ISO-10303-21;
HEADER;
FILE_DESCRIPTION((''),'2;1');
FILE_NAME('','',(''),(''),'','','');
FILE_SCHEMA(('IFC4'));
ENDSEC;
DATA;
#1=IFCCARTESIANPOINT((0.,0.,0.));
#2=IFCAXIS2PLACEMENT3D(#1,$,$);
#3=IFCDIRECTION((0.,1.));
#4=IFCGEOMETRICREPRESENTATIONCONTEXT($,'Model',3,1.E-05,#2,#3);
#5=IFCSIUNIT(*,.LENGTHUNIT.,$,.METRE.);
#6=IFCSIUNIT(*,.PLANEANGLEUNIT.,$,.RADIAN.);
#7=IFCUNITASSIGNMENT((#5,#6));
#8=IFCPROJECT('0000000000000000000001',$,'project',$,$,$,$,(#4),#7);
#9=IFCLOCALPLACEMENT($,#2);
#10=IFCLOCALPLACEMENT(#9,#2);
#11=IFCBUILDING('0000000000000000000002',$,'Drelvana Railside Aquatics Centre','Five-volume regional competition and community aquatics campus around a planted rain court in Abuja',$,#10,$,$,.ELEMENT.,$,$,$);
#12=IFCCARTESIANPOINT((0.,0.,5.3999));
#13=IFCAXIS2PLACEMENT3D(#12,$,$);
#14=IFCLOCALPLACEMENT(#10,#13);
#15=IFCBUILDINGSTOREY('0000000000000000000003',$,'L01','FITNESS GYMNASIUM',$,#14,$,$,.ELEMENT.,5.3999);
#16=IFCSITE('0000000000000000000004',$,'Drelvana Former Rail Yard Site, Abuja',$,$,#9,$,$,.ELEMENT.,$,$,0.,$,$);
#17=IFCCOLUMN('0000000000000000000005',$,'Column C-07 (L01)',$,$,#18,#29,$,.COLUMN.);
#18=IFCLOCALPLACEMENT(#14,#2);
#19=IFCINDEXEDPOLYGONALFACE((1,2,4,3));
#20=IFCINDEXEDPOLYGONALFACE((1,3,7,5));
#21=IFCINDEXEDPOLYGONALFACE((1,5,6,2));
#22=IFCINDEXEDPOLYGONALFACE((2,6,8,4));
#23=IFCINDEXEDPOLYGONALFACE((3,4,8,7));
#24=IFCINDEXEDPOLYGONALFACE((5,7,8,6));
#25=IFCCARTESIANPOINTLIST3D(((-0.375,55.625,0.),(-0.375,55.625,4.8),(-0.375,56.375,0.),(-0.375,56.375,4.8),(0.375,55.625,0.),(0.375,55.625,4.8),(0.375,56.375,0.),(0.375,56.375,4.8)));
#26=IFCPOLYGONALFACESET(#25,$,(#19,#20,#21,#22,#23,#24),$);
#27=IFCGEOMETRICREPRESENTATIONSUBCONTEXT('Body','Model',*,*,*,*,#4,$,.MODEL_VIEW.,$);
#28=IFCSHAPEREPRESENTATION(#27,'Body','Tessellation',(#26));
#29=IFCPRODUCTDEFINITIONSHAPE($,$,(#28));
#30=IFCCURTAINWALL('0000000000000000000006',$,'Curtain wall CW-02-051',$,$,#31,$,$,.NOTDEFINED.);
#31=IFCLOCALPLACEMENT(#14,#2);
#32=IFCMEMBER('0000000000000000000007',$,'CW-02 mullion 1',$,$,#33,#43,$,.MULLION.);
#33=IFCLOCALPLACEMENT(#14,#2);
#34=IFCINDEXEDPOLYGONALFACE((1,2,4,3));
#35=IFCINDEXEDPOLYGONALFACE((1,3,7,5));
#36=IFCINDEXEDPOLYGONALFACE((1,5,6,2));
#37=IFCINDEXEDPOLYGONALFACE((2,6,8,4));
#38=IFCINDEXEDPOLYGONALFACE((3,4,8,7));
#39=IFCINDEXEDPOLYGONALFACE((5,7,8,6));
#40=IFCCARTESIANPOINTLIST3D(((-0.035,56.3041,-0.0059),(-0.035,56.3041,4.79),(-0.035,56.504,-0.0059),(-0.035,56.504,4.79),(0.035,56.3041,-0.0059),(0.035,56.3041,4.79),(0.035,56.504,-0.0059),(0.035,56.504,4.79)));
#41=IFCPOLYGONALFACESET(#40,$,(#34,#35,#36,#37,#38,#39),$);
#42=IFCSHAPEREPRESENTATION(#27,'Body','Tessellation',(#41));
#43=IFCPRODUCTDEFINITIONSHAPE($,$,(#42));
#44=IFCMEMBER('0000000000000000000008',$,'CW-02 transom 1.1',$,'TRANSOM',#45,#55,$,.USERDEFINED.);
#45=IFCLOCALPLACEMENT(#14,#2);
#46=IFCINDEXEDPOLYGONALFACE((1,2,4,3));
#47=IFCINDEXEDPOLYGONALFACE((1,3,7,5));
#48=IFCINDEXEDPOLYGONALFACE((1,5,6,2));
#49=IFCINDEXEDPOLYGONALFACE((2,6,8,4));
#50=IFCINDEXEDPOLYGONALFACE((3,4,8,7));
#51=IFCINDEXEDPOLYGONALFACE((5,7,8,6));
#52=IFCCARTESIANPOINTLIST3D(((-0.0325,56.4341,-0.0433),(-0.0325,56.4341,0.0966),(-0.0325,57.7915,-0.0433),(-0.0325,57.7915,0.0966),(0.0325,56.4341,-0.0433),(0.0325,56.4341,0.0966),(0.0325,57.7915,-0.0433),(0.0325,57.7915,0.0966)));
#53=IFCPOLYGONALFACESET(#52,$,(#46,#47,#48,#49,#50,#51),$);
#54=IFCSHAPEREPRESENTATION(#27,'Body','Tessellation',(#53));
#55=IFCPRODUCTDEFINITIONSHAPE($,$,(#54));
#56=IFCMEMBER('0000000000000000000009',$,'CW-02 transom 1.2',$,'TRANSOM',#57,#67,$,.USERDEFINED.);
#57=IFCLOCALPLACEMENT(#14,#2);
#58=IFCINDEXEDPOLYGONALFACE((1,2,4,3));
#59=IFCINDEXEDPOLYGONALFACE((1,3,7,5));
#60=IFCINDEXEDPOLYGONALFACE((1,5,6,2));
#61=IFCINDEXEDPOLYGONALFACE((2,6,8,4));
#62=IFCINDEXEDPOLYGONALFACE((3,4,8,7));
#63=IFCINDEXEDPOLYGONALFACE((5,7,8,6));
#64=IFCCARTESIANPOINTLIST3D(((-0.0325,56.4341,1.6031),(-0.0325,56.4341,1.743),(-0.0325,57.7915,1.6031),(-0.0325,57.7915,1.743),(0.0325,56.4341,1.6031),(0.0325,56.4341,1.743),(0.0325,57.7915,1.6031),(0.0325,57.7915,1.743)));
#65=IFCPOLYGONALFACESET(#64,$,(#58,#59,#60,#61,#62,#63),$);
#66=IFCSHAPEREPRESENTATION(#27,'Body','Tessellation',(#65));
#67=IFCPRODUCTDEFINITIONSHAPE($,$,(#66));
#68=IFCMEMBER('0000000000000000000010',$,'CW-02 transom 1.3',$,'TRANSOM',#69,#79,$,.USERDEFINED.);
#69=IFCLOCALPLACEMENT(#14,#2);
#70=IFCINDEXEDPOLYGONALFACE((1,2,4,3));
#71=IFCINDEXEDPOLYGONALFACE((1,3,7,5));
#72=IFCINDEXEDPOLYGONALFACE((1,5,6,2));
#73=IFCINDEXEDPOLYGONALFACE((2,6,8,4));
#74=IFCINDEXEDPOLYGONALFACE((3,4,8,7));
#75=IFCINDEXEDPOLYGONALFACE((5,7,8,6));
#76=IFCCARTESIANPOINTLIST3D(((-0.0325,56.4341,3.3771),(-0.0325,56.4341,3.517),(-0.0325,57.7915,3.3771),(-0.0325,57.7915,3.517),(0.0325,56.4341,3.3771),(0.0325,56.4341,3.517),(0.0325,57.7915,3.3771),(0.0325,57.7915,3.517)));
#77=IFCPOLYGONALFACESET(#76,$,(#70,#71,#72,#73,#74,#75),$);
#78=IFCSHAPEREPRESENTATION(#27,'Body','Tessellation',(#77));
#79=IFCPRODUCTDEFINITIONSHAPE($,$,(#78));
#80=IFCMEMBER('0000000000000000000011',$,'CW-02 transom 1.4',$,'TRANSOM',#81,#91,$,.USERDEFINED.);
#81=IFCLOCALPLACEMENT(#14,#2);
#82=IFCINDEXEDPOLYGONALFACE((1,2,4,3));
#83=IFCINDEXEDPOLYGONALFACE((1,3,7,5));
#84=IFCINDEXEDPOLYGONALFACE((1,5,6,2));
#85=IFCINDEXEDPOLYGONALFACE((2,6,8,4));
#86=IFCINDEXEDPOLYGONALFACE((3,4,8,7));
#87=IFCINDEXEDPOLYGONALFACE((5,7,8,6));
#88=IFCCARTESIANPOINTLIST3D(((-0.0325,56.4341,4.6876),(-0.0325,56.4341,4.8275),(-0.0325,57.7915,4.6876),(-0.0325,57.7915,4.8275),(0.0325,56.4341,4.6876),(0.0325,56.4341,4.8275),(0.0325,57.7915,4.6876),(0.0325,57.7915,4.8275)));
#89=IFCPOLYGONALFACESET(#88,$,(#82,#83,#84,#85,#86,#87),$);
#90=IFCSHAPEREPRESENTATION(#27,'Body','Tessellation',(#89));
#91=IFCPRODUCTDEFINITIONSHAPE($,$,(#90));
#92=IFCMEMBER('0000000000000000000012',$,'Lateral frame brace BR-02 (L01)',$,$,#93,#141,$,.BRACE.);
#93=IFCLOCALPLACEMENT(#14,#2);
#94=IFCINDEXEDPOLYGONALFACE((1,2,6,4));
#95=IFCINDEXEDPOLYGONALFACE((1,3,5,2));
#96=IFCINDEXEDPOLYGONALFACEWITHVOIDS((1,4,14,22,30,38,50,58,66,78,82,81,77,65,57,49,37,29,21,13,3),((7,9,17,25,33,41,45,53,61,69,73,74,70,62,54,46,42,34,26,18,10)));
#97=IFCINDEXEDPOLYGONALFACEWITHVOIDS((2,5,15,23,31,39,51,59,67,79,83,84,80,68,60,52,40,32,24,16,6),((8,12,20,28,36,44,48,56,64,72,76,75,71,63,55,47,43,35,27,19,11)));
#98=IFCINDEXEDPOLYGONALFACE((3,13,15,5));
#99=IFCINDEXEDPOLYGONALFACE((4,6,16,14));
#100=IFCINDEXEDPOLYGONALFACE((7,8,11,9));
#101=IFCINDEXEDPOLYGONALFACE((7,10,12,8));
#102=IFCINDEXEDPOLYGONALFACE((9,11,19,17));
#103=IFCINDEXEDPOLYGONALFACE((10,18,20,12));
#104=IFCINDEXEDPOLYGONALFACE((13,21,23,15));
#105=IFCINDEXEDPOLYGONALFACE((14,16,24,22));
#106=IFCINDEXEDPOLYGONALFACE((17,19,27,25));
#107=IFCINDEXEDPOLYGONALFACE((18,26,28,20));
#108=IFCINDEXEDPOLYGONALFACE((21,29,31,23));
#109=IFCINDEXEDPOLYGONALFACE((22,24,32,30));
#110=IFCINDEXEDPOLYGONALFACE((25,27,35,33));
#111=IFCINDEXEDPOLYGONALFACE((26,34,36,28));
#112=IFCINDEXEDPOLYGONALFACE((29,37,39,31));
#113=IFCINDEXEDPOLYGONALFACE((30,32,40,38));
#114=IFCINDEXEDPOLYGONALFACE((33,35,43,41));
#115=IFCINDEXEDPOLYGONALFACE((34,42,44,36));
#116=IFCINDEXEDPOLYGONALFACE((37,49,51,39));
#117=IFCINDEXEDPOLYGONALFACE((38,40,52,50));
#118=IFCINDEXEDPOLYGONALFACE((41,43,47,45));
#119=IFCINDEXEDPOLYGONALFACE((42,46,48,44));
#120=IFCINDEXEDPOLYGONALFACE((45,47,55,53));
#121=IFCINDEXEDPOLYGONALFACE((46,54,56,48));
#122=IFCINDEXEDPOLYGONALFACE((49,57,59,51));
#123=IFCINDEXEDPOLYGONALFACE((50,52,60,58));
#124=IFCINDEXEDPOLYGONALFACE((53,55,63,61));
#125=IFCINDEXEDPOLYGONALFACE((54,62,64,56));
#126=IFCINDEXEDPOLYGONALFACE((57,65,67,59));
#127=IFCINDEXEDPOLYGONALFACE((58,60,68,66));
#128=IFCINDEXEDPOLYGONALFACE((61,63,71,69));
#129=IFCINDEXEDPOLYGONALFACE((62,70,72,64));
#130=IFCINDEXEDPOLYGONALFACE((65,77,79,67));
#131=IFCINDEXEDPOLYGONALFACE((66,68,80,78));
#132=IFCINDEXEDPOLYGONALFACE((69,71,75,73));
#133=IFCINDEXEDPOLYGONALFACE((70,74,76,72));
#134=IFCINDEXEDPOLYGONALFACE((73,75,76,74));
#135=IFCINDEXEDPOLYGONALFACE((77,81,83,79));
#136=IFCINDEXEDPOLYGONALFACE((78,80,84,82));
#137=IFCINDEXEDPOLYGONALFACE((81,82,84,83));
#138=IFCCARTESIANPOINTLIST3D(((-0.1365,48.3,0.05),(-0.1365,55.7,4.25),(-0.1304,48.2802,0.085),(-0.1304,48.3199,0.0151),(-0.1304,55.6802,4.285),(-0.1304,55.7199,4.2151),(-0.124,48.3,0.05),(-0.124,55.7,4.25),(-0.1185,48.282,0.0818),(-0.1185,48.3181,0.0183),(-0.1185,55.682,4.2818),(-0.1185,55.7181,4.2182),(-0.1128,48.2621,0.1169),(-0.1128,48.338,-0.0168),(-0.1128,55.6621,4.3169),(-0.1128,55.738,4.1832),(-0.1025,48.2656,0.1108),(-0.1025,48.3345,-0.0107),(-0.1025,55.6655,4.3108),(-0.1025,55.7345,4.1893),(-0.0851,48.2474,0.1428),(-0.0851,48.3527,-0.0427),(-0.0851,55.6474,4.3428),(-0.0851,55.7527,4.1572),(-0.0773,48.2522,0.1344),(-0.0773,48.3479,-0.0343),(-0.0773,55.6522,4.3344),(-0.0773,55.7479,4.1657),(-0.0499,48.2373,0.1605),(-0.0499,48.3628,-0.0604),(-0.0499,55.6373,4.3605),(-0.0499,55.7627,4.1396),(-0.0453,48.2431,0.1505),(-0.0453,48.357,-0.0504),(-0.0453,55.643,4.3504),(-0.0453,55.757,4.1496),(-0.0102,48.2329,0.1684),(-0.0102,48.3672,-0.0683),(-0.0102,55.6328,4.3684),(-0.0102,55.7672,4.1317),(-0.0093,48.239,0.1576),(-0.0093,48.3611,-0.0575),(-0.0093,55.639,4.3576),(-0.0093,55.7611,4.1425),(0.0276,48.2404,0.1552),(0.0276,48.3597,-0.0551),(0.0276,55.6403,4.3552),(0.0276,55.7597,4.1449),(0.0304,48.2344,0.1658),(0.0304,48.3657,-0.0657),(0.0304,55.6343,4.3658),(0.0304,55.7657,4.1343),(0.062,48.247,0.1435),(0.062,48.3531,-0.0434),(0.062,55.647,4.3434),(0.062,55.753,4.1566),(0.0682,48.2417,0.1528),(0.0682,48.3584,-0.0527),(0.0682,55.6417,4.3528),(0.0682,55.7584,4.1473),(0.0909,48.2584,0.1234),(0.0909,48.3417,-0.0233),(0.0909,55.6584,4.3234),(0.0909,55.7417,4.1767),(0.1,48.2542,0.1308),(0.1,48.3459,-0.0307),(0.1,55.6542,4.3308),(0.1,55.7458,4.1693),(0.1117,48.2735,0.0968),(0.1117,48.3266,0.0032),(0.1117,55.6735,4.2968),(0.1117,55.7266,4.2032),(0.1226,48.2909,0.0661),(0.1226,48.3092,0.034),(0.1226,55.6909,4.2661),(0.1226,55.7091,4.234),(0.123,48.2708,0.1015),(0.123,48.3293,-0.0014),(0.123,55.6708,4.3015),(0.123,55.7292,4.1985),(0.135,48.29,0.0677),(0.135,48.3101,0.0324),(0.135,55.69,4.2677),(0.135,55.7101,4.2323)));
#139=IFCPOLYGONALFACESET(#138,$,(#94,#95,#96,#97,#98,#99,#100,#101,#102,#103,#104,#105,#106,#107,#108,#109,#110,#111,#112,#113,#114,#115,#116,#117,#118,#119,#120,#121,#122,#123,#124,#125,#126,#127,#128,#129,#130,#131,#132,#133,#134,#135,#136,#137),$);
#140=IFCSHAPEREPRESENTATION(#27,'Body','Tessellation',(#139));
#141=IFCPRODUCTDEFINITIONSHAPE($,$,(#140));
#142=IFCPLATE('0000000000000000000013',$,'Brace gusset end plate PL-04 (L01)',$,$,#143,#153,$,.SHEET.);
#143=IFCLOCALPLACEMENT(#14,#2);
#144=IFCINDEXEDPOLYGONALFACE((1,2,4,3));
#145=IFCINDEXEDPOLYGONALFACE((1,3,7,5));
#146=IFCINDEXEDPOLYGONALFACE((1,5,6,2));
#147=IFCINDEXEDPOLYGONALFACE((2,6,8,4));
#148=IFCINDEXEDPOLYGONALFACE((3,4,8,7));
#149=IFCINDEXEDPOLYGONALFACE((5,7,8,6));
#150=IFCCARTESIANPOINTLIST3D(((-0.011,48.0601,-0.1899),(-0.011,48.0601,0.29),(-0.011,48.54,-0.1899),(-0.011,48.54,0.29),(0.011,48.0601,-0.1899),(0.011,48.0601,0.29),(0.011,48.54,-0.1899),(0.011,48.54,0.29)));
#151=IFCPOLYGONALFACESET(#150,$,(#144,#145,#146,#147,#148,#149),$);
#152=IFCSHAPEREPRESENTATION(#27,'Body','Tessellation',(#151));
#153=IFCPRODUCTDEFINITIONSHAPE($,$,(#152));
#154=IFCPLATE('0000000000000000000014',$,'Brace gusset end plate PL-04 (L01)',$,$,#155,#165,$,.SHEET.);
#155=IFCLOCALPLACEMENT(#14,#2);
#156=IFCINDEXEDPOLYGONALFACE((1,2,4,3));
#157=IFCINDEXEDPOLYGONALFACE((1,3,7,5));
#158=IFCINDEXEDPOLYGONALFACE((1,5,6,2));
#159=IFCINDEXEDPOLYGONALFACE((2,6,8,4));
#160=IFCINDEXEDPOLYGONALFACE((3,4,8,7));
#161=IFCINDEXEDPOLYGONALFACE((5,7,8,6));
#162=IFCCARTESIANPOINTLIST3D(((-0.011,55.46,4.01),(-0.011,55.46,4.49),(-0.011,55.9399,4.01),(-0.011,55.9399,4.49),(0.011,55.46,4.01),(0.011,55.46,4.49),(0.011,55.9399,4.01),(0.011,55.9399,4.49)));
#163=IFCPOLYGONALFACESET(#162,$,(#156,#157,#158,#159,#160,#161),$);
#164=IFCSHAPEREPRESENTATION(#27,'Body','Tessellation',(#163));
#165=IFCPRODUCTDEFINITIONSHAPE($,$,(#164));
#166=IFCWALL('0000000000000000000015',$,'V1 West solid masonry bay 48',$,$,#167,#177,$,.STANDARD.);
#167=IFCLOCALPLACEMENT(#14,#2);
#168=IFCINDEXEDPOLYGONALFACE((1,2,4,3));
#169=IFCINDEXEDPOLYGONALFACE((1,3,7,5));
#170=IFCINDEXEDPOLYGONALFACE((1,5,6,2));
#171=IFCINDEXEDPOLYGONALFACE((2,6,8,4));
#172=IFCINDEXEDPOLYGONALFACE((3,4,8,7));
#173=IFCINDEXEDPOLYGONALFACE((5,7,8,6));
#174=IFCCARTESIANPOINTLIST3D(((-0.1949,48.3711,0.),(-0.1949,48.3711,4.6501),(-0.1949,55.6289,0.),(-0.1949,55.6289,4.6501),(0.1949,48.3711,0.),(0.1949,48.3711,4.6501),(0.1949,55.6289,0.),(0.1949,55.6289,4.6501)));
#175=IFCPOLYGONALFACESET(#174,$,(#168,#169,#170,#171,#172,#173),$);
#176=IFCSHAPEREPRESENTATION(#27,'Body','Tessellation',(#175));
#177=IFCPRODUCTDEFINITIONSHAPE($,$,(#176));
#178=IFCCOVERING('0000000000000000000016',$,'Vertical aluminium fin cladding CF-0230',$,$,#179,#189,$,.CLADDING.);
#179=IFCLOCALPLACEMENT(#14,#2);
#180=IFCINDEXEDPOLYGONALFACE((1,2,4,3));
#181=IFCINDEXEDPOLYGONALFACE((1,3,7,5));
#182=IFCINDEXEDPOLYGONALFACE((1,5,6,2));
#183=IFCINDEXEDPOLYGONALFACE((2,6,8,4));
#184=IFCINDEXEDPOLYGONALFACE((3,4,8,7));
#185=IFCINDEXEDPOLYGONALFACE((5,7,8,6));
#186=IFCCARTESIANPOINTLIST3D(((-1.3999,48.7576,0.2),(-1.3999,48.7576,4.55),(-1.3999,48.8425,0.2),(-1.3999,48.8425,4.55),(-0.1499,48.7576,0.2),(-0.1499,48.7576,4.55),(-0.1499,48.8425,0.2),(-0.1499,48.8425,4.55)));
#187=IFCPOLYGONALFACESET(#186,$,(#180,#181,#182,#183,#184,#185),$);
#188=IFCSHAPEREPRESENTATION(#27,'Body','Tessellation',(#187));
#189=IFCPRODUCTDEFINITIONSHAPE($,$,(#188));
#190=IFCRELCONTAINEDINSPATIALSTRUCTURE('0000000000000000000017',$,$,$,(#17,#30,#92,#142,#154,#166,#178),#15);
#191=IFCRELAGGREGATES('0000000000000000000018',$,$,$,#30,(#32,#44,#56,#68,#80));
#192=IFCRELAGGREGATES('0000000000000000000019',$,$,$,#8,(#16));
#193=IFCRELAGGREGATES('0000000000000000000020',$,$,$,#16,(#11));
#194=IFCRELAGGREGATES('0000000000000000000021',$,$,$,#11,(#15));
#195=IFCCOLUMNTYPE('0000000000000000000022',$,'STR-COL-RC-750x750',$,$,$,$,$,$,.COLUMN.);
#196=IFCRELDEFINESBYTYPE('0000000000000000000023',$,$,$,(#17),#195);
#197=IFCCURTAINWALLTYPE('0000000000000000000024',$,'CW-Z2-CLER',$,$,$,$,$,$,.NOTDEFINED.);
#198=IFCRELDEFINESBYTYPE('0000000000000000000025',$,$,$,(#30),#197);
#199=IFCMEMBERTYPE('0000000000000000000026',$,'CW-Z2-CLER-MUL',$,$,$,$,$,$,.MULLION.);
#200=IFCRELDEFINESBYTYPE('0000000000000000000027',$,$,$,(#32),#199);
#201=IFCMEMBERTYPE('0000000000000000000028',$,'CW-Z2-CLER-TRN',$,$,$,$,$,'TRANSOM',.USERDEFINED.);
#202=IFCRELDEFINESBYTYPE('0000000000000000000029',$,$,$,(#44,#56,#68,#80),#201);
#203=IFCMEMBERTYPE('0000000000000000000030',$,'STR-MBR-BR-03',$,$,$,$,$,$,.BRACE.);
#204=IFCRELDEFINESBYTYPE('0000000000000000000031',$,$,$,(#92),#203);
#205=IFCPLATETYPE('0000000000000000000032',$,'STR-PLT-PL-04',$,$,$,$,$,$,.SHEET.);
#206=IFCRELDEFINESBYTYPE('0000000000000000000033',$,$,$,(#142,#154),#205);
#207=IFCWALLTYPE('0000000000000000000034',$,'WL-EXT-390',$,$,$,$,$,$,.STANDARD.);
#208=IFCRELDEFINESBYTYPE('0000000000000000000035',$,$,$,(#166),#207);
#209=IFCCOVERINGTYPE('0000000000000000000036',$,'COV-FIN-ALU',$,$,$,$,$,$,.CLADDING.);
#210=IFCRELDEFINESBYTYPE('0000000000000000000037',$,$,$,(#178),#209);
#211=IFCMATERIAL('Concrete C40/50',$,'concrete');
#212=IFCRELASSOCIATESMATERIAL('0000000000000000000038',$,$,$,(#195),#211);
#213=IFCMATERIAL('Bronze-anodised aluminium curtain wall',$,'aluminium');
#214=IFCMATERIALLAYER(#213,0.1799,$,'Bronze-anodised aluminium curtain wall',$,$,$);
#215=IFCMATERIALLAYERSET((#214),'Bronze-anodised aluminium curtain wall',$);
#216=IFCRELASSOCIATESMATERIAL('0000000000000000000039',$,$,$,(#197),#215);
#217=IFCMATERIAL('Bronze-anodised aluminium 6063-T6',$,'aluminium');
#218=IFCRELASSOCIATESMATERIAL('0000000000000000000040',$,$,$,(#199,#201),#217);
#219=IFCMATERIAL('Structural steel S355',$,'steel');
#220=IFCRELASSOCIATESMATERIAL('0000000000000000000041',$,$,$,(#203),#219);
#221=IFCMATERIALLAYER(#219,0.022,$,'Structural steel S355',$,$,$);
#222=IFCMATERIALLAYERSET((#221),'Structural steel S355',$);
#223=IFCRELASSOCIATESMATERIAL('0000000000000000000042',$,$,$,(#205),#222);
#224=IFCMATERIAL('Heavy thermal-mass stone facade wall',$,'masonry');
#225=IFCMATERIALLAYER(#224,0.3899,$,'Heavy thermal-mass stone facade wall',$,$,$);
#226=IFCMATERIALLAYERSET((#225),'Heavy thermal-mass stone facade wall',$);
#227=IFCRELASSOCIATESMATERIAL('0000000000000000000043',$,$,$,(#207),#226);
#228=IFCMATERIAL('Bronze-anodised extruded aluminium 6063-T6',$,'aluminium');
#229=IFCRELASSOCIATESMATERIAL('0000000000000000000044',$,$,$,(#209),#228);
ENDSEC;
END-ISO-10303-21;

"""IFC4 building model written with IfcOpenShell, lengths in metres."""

from ifc_helpers import new_model, si_unit, direction, frame, frame_2d, origin, origin_2d, place, context, subcontext, project, spatial, rectangle, hollow_circle, extrude, material, layer, layer_set, material_profile, profile_set, type_object, element, aggregate, save


model = new_model("IFC4")

# Units and contexts
model_context = context("Model", 3, precision=1e-05, world=origin(), true_north=direction((0.0, 1.0)))
body_context = subcontext(model_context, "Body", "Model", "MODEL_VIEW")
ifc_project = project(units=[si_unit("LENGTHUNIT", "METRE"), si_unit("PLANEANGLEUNIT", "RADIAN")], contexts=[model_context])

# Site, building, storey
site_placement = place(None, origin())
site = spatial("IfcSite", under=ifc_project, at=site_placement, Name="Drelvana Former Rail Yard Site, Abuja", CompositionType="ELEMENT", RefElevation=0.0)
building_placement = place(site_placement, origin())
building = spatial("IfcBuilding", under=site, at=building_placement, Name="Drelvana Railside Aquatics Centre", Description="Five-volume regional competition and community aquatics campus around a planted rain court in Abuja", CompositionType="ELEMENT")
storey_placement = place(building_placement, frame((0.0, 0.0, 5.3999)))
storey = spatial("IfcBuildingStorey", under=building, at=storey_placement, Name="L01", Description="FITNESS GYMNASIUM", CompositionType="ELEMENT", Elevation=5.3999)

# Column
ifc_material_1 = material(Name="Concrete C40/50", Category="concrete")
ifc_material_profile_1 = material_profile(ifc_material_1, rectangle(XDim=0.75, YDim=0.75, at=origin_2d()), Name="RC 750x750")
ifc_profile_set_1 = profile_set([ifc_material_profile_1], Name="Concrete C40/50")
column_type = type_object("IfcColumnType", Name="STR-COL-RC-750x750", PredefinedType="COLUMN", material=ifc_profile_set_1)
column_placement = place(storey_placement, frame((0.0, 56.0, 0.0), z_axis=(0.0, 0.0, 1.0), x_axis=(1.0, 0.0, 0.0)))
element("IfcColumn", 1, at=column_placement, inside=storey, type_object=column_type, Name="Column C-07 (L01)", PredefinedType="COLUMN", context=body_context, shape_type="SweptSolid", body=[
    extrude(rectangle(XDim=0.75, YDim=0.75, at=origin_2d()), origin(), (0.0, 0.0, 1.0), 4.8),
])

# Curtain wall, members
ifc_material_2 = material(Name="Bronze-anodised aluminium curtain wall", Category="aluminium")
ifc_layer_1 = layer(ifc_material_2, 0.1799, Name="Bronze-anodised aluminium curtain wall")
ifc_layer_set_1 = layer_set([ifc_layer_1], Name="Bronze-anodised aluminium curtain wall")
curtain_wall_type = type_object("IfcCurtainWallType", Name="CW-Z2-CLER", PredefinedType="NOTDEFINED", material=ifc_layer_set_1)
curtain_wall_placement = place(storey_placement, origin())
curtain_wall = element("IfcCurtainWall", 2, at=curtain_wall_placement, inside=storey, type_object=curtain_wall_type, Name="Curtain wall CW-02-051", PredefinedType="NOTDEFINED")
ifc_material_3 = material(Name="Bronze-anodised aluminium 6063-T6", Category="aluminium")
ifc_material_profile_2 = material_profile(ifc_material_3, rectangle(XDim=0.0701, YDim=0.2, at=origin_2d()), Name="ALU-M 70x200")
ifc_profile_set_2 = profile_set([ifc_material_profile_2], Name="Bronze-anodised aluminium 6063-T6")
member_type_1 = type_object("IfcMemberType", Name="CW-Z2-CLER-MUL", PredefinedType="MULLION", material=ifc_profile_set_2)
member_1_placement = place(storey_placement, frame((0.0, 56.4041, -0.0059), z_axis=(0.0, 0.0, 1.0), x_axis=(-1.0, 0.0, 0.0)))
member_1 = element("IfcMember", 3, at=member_1_placement, type_object=member_type_1, Name="CW-02 mullion 1", PredefinedType="MULLION", context=body_context, shape_type="SweptSolid", body=[
    extrude(rectangle(XDim=0.0701, YDim=0.2, at=origin_2d()), origin(), (0.0, 0.0, 1.0), 4.7959),
])
ifc_material_profile_3 = material_profile(ifc_material_3, rectangle(XDim=0.1399, YDim=0.0649, at=origin_2d()), Name="ALU-T 65x140")
ifc_profile_set_3 = profile_set([ifc_material_profile_3], Name="Bronze-anodised aluminium 6063-T6")
member_type_2 = type_object("IfcMemberType", Name="CW-Z2-CLER-TRN", ElementType="TRANSOM", PredefinedType="USERDEFINED", material=ifc_profile_set_3)
member_2_placement = place(storey_placement, frame((0.0, 56.4341, 0.0266), z_axis=(0.0, 1.0, 0.0), x_axis=(0.0, 0.0, 1.0)))
member_2 = element("IfcMember", 4, at=member_2_placement, type_object=member_type_2, Name="CW-02 transom 1.1", ObjectType="TRANSOM", PredefinedType="USERDEFINED", context=body_context, shape_type="SweptSolid", body=[
    extrude(rectangle(XDim=0.1399, YDim=0.0649, at=origin_2d()), origin(), (0.0, 0.0, 1.0), 1.3574),
])
member_3_placement = place(storey_placement, frame((0.0, 56.4341, 1.6731), z_axis=(0.0, 1.0, 0.0), x_axis=(0.0, 0.0, 1.0)))
member_3 = element("IfcMember", 5, at=member_3_placement, type_object=member_type_2, Name="CW-02 transom 1.2", ObjectType="TRANSOM", PredefinedType="USERDEFINED", context=body_context, shape_type="SweptSolid", body=[
    extrude(rectangle(XDim=0.1399, YDim=0.0649, at=origin_2d()), origin(), (0.0, 0.0, 1.0), 1.3574),
])
member_4_placement = place(storey_placement, frame((0.0, 56.4341, 3.447), z_axis=(0.0, 1.0, 0.0), x_axis=(0.0, 0.0, 1.0)))
member_4 = element("IfcMember", 6, at=member_4_placement, type_object=member_type_2, Name="CW-02 transom 1.3", ObjectType="TRANSOM", PredefinedType="USERDEFINED", context=body_context, shape_type="SweptSolid", body=[
    extrude(rectangle(XDim=0.1399, YDim=0.0649, at=origin_2d()), origin(), (0.0, 0.0, 1.0), 1.3574),
])
member_5_placement = place(storey_placement, frame((0.0, 56.4341, 4.7576), z_axis=(0.0, 1.0, 0.0), x_axis=(0.0, 0.0, 1.0)))
member_5 = element("IfcMember", 7, at=member_5_placement, type_object=member_type_2, Name="CW-02 transom 1.4", ObjectType="TRANSOM", PredefinedType="USERDEFINED", context=body_context, shape_type="SweptSolid", body=[
    extrude(rectangle(XDim=0.1399, YDim=0.0649, at=origin_2d()), origin(), (0.0, 0.0, 1.0), 1.3574),
])
aggregate(curtain_wall, [member_1, member_2, member_3, member_4, member_5])

# Member
ifc_material_4 = material(Name="Structural steel S355", Category="steel")
ifc_material_profile_4 = material_profile(ifc_material_4, hollow_circle(Radius=0.1365, WallThickness=0.0125, at=origin_2d()), Name="CHS 273x12.5")
ifc_profile_set_4 = profile_set([ifc_material_profile_4], Name="Structural steel S355")
member_type_3 = type_object("IfcMemberType", Name="STR-MBR-BR-03", PredefinedType="BRACE", material=ifc_profile_set_4)
member_6_placement = place(storey_placement, frame((0.0, 48.3, 0.05), z_axis=(0.0, 0.869686, 0.493606), x_axis=(-1.0, 0.0, 0.0)))
element("IfcMember", 8, at=member_6_placement, inside=storey, type_object=member_type_3, Name="Lateral frame brace BR-02 (L01)", PredefinedType="BRACE", context=body_context, shape_type="SweptSolid", body=[
    extrude(hollow_circle(Radius=0.1365, WallThickness=0.0125, at=origin_2d()), origin(), (0.0, 0.0, 1.0), 8.5088),
])

# Plates
ifc_layer_2 = layer(ifc_material_4, 0.022, Name="Structural steel S355")
ifc_layer_set_2 = layer_set([ifc_layer_2], Name="Structural steel S355")
plate_type = type_object("IfcPlateType", Name="STR-PLT-PL-04", PredefinedType="SHEET", material=ifc_layer_set_2)
for number, where, z_axis, x_axis, name in (
    (9, (0.0, 48.3, -0.1899), (0.0, 0.0, 1.0), (1.0, 0.0, 0.0), "Brace gusset end plate PL-04 (L01)"),
    (10, (0.0, 55.7, 4.01), (0.0, 0.0, 1.0), (1.0, 0.0, 0.0), "Brace gusset end plate PL-04 (L01)"),
):
    element("IfcPlate", number, at=place(storey_placement, frame(where, z_axis=z_axis, x_axis=x_axis)), inside=storey, type_object=plate_type, Name=name, PredefinedType="SHEET", context=body_context, shape_type="SweptSolid", body=[
        extrude(rectangle(XDim=0.022, YDim=0.48, at=origin_2d()), origin(), (0.0, 0.0, 1.0), 0.48),
    ])

# Wall
ifc_material_5 = material(Name="Heavy thermal-mass stone facade wall", Category="masonry")
ifc_layer_3 = layer(ifc_material_5, 0.3899, Name="Heavy thermal-mass stone facade wall")
ifc_layer_set_3 = layer_set([ifc_layer_3], Name="Heavy thermal-mass stone facade wall")
wall_type = type_object("IfcWallType", Name="WL-EXT-390", PredefinedType="STANDARD", material=ifc_layer_set_3)
wall_placement = place(storey_placement, frame((0.0, 48.3711, 0.0), z_axis=(0.0, 0.0, 1.0), x_axis=(0.0, 1.0, 0.0)))
element("IfcWall", 11, at=wall_placement, inside=storey, type_object=wall_type, Name="V1 West solid masonry bay 48", PredefinedType="STANDARD", context=body_context, shape_type="SweptSolid", body=[
    extrude(rectangle(XDim=7.2578, YDim=0.3899, at=frame_2d((3.6289, 0.0))), origin(), (0.0, 0.0, 1.0), 4.6501),
])

# Covering
ifc_material_6 = material(Name="Bronze-anodised extruded aluminium 6063-T6", Category="aluminium")
covering_type = type_object("IfcCoveringType", Name="COV-FIN-ALU", PredefinedType="CLADDING", material=ifc_material_6)
for number, where, z_axis, x_axis, name in (
    (12, (-0.7749, 48.8, 0.2), (0.0, 0.0, 1.0), (0.0, 1.0, 0.0), "Vertical aluminium fin cladding CF-0230"),
):
    element("IfcCovering", number, at=place(storey_placement, frame(where, z_axis=z_axis, x_axis=x_axis)), inside=storey, type_object=covering_type, Name=name, PredefinedType="CLADDING", context=body_context, shape_type="SweptSolid", body=[
        extrude(rectangle(XDim=0.085, YDim=1.25, at=origin_2d()), origin(), (0.0, 0.0, 1.0), 4.3501),
    ])

save(model, "model.ifc")
